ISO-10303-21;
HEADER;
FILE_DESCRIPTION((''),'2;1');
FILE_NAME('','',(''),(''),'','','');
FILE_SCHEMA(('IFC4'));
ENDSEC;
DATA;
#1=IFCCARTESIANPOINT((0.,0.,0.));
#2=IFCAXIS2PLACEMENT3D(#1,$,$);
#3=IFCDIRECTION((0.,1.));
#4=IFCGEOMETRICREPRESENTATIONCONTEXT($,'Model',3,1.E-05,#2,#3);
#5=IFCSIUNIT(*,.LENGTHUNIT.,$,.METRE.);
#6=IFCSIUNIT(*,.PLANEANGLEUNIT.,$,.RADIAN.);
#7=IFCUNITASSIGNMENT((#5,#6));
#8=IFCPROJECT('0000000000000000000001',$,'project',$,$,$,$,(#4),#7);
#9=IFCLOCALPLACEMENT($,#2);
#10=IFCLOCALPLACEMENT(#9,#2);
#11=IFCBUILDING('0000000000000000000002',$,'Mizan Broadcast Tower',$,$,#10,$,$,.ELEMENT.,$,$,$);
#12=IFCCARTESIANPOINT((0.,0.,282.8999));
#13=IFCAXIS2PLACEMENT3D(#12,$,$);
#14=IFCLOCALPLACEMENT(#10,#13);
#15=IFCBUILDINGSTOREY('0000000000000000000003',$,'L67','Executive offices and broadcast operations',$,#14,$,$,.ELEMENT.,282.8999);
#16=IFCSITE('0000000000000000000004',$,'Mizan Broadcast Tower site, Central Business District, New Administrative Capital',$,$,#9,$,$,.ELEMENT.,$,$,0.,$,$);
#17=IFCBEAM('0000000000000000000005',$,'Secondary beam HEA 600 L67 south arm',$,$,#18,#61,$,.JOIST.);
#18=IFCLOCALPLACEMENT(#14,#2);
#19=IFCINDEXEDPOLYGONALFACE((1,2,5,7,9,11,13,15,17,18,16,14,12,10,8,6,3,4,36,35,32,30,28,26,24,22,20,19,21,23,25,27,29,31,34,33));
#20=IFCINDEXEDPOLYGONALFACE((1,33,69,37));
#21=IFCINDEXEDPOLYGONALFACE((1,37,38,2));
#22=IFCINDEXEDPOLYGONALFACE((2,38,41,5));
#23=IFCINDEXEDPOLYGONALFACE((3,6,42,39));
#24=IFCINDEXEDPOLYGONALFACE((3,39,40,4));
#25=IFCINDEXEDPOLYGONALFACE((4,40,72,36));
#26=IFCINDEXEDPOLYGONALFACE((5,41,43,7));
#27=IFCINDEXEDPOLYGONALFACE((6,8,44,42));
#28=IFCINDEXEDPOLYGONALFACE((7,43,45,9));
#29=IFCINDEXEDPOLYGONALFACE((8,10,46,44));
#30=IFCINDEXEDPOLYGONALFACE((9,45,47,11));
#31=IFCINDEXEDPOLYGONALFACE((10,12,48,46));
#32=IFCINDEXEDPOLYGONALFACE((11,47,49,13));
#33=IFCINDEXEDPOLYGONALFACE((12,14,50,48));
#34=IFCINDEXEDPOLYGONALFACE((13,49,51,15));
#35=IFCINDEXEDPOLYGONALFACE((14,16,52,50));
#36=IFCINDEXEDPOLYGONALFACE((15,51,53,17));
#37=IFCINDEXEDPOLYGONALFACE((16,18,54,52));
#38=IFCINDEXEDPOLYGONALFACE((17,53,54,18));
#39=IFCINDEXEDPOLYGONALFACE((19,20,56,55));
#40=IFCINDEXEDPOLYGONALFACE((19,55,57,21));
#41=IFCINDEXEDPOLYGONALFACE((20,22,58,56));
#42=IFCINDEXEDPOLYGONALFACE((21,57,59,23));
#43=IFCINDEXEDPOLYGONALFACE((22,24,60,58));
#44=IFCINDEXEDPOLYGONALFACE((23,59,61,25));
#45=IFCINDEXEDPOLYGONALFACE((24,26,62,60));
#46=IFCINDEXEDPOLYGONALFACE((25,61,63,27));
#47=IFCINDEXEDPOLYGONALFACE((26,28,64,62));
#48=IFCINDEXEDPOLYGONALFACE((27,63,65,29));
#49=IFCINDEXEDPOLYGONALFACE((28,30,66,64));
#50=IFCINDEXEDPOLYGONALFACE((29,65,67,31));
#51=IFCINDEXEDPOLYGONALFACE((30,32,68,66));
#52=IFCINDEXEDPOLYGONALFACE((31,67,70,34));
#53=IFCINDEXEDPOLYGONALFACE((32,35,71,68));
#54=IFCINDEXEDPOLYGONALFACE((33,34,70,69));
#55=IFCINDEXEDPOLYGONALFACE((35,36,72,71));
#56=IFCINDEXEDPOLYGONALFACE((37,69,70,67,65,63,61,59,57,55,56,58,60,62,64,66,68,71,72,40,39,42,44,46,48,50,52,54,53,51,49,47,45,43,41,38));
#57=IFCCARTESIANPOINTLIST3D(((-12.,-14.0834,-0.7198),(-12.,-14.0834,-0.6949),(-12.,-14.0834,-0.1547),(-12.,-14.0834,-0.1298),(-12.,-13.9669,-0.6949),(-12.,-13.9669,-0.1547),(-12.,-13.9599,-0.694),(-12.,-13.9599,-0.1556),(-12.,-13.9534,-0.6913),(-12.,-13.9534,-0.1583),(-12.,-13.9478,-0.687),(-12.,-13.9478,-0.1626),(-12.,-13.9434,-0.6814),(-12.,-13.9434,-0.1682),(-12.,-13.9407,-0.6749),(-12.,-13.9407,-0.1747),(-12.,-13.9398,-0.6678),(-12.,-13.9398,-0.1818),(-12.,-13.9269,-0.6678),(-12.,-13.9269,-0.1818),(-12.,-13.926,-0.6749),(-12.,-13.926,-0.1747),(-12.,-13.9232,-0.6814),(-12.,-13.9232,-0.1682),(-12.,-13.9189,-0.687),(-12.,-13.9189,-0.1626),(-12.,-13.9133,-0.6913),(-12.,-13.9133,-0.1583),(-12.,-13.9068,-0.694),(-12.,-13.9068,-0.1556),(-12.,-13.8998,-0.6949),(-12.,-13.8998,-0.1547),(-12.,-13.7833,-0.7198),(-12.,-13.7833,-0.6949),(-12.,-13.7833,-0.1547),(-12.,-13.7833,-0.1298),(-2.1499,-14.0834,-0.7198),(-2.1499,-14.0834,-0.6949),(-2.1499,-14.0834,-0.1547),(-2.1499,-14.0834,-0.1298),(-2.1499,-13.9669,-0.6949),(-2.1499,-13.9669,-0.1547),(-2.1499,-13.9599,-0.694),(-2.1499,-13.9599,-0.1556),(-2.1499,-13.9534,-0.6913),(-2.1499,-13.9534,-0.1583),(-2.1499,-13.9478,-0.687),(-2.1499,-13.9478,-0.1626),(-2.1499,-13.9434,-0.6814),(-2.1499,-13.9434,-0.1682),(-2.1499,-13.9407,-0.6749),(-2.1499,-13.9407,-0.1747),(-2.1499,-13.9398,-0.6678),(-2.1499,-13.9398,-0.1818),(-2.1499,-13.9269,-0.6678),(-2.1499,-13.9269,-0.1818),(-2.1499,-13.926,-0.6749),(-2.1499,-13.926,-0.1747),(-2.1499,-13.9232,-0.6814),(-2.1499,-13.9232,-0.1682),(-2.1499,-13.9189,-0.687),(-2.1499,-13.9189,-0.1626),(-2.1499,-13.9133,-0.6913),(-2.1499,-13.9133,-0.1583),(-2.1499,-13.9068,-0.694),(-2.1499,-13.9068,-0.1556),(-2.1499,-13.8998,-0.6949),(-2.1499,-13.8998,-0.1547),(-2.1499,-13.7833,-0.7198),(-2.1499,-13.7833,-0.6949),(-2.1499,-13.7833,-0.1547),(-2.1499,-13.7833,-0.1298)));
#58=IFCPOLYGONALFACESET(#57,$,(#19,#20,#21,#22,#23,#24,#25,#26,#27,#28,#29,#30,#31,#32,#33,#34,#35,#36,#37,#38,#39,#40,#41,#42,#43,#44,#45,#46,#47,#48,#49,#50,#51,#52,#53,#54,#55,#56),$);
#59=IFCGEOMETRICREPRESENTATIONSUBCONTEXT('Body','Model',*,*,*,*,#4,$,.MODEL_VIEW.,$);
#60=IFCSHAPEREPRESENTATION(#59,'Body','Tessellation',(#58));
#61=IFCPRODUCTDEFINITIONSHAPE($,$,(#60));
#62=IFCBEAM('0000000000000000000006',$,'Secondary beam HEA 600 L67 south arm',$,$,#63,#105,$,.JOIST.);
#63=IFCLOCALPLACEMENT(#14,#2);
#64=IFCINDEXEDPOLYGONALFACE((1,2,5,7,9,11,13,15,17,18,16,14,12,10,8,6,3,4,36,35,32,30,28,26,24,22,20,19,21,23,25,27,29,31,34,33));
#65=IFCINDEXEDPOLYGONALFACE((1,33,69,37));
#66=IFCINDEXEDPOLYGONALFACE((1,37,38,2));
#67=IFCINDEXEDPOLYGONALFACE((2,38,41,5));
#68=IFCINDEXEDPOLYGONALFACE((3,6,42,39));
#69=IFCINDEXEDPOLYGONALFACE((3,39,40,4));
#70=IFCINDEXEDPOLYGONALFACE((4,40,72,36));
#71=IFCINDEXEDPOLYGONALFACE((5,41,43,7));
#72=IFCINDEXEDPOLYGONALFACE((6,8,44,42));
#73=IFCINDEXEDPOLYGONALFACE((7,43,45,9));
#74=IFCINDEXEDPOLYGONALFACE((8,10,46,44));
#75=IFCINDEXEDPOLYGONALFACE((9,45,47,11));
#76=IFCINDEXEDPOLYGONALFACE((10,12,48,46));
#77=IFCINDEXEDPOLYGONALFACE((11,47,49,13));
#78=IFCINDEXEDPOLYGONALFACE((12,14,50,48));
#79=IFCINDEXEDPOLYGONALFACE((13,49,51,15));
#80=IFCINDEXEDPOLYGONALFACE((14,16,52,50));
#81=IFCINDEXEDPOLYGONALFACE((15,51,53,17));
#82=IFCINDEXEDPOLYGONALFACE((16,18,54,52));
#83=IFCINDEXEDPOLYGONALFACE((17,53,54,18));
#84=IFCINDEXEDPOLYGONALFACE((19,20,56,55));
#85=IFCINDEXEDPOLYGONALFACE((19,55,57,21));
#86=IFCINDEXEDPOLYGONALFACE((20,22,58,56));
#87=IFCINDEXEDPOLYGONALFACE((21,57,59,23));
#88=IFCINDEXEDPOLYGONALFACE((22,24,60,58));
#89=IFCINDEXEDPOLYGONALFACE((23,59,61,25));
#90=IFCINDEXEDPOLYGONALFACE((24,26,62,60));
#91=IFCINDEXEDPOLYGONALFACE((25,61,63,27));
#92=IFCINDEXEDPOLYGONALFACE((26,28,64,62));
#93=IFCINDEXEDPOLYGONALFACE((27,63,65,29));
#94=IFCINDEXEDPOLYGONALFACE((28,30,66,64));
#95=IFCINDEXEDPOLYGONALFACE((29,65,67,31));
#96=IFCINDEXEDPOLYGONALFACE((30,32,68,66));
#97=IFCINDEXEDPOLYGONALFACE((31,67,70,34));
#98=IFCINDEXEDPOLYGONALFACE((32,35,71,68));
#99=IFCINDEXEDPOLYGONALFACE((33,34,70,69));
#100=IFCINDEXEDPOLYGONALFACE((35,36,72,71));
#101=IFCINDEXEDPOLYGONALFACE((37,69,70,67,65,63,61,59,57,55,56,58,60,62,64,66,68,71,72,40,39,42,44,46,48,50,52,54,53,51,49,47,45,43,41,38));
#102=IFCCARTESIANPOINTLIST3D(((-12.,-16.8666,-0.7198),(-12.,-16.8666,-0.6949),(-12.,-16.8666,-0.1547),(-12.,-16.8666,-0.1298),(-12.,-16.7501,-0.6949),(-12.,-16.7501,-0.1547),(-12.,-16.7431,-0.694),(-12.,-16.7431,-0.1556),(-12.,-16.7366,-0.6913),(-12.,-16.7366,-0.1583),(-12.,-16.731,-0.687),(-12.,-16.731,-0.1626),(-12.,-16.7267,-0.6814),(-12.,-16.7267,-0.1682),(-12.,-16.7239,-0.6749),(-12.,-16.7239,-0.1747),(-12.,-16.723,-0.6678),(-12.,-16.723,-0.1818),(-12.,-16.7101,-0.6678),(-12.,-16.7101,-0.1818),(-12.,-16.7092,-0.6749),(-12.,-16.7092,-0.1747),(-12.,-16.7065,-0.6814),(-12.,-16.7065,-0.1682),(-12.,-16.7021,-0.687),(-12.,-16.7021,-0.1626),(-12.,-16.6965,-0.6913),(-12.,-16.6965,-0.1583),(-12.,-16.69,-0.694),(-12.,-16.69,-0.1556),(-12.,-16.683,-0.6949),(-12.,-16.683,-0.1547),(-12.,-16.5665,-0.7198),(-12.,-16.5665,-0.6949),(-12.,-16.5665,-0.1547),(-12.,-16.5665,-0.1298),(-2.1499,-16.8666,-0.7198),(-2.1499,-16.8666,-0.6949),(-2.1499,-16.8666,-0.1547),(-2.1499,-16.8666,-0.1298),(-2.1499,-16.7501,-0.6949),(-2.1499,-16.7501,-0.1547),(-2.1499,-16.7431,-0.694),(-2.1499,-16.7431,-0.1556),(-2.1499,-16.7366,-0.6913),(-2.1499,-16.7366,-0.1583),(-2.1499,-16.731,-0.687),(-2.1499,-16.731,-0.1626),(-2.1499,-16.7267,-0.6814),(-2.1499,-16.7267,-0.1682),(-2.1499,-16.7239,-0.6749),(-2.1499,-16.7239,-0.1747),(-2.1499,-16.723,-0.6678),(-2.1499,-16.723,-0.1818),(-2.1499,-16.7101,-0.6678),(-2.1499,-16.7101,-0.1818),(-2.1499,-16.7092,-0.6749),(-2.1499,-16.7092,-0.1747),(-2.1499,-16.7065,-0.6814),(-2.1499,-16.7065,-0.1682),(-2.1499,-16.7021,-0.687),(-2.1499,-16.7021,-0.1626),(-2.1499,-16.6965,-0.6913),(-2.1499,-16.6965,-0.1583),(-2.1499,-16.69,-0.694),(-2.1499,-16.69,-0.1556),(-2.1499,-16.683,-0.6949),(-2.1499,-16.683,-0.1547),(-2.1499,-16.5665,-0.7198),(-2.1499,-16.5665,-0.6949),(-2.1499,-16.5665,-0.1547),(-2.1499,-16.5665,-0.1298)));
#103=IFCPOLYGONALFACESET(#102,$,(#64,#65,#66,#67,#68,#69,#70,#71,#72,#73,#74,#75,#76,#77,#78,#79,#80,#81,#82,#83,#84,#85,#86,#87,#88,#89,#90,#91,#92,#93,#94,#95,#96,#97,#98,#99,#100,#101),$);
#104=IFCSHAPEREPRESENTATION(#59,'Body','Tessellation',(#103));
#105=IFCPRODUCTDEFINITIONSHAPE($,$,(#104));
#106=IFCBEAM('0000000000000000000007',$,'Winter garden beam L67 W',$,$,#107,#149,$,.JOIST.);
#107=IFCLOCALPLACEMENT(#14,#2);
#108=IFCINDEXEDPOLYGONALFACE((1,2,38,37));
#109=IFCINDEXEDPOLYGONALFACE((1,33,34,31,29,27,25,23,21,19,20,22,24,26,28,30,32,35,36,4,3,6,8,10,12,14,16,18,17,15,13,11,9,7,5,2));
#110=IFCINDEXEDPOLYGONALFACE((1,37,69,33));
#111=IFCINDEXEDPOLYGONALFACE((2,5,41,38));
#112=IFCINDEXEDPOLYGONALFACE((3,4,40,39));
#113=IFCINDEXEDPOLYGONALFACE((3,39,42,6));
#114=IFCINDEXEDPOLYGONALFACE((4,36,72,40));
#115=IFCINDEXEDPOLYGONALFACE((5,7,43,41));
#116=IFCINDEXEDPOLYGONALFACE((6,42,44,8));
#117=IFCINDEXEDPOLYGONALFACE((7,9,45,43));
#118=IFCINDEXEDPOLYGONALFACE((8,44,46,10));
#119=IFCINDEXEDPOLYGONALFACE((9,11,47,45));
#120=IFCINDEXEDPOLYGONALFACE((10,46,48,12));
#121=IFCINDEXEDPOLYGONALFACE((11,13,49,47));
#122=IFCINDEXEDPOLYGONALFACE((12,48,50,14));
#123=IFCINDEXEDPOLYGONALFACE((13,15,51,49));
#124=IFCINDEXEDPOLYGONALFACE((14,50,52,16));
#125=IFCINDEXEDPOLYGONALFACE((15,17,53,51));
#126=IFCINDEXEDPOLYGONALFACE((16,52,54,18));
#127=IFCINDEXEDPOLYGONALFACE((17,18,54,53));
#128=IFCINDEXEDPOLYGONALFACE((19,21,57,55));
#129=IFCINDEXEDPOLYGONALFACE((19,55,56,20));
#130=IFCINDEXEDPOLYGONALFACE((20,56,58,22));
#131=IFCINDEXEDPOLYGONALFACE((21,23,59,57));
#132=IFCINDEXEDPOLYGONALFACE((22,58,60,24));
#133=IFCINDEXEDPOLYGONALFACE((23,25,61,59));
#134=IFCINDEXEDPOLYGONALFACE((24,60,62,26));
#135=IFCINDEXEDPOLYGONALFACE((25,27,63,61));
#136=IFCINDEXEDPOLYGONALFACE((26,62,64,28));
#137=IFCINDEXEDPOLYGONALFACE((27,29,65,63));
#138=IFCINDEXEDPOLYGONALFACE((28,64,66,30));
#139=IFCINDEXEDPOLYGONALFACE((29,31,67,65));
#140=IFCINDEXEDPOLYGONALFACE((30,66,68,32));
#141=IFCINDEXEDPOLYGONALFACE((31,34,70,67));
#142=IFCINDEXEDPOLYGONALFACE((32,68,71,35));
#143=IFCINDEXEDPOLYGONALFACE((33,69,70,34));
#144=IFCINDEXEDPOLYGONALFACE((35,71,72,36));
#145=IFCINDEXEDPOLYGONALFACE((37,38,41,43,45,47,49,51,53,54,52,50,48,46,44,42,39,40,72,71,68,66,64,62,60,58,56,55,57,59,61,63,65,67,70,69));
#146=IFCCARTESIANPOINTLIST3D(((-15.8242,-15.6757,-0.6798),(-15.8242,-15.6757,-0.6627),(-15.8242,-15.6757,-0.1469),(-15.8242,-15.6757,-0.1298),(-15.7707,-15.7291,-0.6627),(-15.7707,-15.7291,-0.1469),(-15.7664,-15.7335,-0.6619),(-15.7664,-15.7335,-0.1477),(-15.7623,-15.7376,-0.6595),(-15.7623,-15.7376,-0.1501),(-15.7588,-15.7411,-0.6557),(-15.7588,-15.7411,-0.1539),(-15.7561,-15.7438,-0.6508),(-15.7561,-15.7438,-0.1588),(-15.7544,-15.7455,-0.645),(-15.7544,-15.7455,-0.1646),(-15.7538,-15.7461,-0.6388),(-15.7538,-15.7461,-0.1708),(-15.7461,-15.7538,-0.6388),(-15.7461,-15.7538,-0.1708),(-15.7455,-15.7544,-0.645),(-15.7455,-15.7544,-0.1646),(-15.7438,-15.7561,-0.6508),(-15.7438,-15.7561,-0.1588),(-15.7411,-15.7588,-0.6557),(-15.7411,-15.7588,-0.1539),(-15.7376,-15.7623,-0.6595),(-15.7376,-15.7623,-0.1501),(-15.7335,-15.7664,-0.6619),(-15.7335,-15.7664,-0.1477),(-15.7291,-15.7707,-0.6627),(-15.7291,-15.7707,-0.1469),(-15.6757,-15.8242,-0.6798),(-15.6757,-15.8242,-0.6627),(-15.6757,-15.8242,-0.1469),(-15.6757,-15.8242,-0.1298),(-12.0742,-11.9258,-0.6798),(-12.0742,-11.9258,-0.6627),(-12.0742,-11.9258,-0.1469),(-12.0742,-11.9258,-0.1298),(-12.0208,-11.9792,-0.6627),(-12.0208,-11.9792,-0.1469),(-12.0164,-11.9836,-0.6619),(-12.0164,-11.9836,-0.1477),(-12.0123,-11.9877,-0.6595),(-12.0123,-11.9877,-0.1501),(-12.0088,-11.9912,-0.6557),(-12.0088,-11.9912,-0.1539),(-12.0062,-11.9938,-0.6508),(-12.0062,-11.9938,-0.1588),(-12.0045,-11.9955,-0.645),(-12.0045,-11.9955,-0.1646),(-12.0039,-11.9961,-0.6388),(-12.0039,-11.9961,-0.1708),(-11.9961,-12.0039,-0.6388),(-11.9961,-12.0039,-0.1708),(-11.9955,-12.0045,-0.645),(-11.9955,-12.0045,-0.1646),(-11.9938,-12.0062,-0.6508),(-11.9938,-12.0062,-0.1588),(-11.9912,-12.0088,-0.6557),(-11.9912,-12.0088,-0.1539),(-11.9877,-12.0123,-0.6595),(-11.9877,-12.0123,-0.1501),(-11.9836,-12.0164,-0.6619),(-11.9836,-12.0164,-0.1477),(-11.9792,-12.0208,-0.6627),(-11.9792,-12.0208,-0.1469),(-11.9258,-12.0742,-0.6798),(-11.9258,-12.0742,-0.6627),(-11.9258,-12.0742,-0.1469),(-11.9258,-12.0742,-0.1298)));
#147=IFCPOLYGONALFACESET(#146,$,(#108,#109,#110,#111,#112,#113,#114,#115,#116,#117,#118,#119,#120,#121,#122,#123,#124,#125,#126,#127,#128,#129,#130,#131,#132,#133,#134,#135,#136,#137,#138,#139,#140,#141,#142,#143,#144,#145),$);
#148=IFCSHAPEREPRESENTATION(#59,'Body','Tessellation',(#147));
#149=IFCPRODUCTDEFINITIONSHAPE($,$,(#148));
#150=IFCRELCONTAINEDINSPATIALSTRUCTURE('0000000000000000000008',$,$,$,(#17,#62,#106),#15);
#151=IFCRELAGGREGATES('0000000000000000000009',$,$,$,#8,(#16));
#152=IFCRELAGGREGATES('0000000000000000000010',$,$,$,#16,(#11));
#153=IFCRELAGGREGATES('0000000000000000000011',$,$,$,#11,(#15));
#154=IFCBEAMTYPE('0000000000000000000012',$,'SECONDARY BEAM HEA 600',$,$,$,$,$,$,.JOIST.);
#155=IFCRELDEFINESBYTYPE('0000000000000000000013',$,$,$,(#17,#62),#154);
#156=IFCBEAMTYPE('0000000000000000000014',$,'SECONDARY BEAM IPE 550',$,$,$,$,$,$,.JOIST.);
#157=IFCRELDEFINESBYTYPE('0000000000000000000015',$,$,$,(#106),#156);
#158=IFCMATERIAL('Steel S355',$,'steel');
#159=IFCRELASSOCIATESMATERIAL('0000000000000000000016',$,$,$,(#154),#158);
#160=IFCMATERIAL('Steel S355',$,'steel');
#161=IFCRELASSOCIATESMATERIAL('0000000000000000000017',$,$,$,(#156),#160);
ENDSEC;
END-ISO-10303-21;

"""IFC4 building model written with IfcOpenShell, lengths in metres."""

from ifc_helpers import new_model, si_unit, direction, frame, origin, origin_2d, place, context, subcontext, project, spatial, i_section, extrude, material, material_profile, profile_set, type_object, element, save


model = new_model("IFC4")

# Units and contexts
model_context = context("Model", 3, precision=1e-05, world=origin(), true_north=direction((0.0, 1.0)))
body_context = subcontext(model_context, "Body", "Model", "MODEL_VIEW")
ifc_project = project(units=[si_unit("LENGTHUNIT", "METRE"), si_unit("PLANEANGLEUNIT", "RADIAN")], contexts=[model_context])

# Site, building, storey
site_placement = place(None, origin())
site = spatial("IfcSite", under=ifc_project, at=site_placement, Name="Mizan Broadcast Tower site, Central Business District, New Administrative Capital", CompositionType="ELEMENT", RefElevation=0.0)
building_placement = place(site_placement, origin())
building = spatial("IfcBuilding", under=site, at=building_placement, Name="Mizan Broadcast Tower", CompositionType="ELEMENT")
storey_placement = place(building_placement, frame((0.0, 0.0, 282.8999)))
storey = spatial("IfcBuildingStorey", under=building, at=storey_placement, Name="L67", Description="Executive offices and broadcast operations", CompositionType="ELEMENT", Elevation=282.8999)

# Beams
ifc_material_1 = material(Name="Steel S355", Category="steel")
ifc_material_profile_1 = material_profile(ifc_material_1, i_section(OverallWidth=0.3, OverallDepth=0.5901, WebThickness=0.0129, FlangeThickness=0.0249, FilletRadius=0.0271, at=origin_2d()), Name="HEA 600")
ifc_profile_set_1 = profile_set([ifc_material_profile_1], Name="Steel S355")
beam_type_1 = type_object("IfcBeamType", Name="SECONDARY BEAM HEA 600", PredefinedType="JOIST", material=ifc_profile_set_1)
for number, where, z_axis, x_axis, name in (
    (1, (-12.0, -13.9333, -0.4248), (1.0, 0.0, 0.0), (0.0, 1.0, 0.0), "Secondary beam HEA 600 L67 south arm"),
    (2, (-12.0, -16.7166, -0.4248), (1.0, 0.0, 0.0), (0.0, 1.0, 0.0), "Secondary beam HEA 600 L67 south arm"),
):
    element("IfcBeam", number, at=place(storey_placement, frame(where, z_axis=z_axis, x_axis=x_axis)), inside=storey, type_object=beam_type_1, Name=name, PredefinedType="JOIST", context=body_context, shape_type="SweptSolid", body=[
        extrude(i_section(OverallWidth=0.3, OverallDepth=0.5901, WebThickness=0.0129, FlangeThickness=0.0249, FilletRadius=0.0271, at=origin_2d()), origin(), (0.0, 0.0, 1.0), 9.8501),
    ])
ifc_material_2 = material(Name="Steel S355", Category="steel")
ifc_material_profile_2 = material_profile(ifc_material_2, i_section(OverallWidth=0.21, OverallDepth=0.55, WebThickness=0.011, FlangeThickness=0.0171, FilletRadius=0.0239, at=origin_2d()), Name="IPE 550")
ifc_profile_set_2 = profile_set([ifc_material_profile_2], Name="Steel S355")
beam_type_2 = type_object("IfcBeamType", Name="SECONDARY BEAM IPE 550", PredefinedType="JOIST", material=ifc_profile_set_2)
beam_1_placement = place(storey_placement, frame((-12.0, -12.0, -0.4048), z_axis=(-0.707107, -0.707107, 0.0), x_axis=(0.707107, -0.707107, 0.0)))
element("IfcBeam", 3, at=beam_1_placement, inside=storey, type_object=beam_type_2, Name="Winter garden beam L67 W", PredefinedType="JOIST", context=body_context, shape_type="SweptSolid", body=[
    extrude(i_section(OverallWidth=0.21, OverallDepth=0.55, WebThickness=0.011, FlangeThickness=0.0171, FilletRadius=0.0239, at=origin_2d()), origin(), (0.0, 0.0, 1.0), 5.3032),
])

save(model, "model.ifc")
